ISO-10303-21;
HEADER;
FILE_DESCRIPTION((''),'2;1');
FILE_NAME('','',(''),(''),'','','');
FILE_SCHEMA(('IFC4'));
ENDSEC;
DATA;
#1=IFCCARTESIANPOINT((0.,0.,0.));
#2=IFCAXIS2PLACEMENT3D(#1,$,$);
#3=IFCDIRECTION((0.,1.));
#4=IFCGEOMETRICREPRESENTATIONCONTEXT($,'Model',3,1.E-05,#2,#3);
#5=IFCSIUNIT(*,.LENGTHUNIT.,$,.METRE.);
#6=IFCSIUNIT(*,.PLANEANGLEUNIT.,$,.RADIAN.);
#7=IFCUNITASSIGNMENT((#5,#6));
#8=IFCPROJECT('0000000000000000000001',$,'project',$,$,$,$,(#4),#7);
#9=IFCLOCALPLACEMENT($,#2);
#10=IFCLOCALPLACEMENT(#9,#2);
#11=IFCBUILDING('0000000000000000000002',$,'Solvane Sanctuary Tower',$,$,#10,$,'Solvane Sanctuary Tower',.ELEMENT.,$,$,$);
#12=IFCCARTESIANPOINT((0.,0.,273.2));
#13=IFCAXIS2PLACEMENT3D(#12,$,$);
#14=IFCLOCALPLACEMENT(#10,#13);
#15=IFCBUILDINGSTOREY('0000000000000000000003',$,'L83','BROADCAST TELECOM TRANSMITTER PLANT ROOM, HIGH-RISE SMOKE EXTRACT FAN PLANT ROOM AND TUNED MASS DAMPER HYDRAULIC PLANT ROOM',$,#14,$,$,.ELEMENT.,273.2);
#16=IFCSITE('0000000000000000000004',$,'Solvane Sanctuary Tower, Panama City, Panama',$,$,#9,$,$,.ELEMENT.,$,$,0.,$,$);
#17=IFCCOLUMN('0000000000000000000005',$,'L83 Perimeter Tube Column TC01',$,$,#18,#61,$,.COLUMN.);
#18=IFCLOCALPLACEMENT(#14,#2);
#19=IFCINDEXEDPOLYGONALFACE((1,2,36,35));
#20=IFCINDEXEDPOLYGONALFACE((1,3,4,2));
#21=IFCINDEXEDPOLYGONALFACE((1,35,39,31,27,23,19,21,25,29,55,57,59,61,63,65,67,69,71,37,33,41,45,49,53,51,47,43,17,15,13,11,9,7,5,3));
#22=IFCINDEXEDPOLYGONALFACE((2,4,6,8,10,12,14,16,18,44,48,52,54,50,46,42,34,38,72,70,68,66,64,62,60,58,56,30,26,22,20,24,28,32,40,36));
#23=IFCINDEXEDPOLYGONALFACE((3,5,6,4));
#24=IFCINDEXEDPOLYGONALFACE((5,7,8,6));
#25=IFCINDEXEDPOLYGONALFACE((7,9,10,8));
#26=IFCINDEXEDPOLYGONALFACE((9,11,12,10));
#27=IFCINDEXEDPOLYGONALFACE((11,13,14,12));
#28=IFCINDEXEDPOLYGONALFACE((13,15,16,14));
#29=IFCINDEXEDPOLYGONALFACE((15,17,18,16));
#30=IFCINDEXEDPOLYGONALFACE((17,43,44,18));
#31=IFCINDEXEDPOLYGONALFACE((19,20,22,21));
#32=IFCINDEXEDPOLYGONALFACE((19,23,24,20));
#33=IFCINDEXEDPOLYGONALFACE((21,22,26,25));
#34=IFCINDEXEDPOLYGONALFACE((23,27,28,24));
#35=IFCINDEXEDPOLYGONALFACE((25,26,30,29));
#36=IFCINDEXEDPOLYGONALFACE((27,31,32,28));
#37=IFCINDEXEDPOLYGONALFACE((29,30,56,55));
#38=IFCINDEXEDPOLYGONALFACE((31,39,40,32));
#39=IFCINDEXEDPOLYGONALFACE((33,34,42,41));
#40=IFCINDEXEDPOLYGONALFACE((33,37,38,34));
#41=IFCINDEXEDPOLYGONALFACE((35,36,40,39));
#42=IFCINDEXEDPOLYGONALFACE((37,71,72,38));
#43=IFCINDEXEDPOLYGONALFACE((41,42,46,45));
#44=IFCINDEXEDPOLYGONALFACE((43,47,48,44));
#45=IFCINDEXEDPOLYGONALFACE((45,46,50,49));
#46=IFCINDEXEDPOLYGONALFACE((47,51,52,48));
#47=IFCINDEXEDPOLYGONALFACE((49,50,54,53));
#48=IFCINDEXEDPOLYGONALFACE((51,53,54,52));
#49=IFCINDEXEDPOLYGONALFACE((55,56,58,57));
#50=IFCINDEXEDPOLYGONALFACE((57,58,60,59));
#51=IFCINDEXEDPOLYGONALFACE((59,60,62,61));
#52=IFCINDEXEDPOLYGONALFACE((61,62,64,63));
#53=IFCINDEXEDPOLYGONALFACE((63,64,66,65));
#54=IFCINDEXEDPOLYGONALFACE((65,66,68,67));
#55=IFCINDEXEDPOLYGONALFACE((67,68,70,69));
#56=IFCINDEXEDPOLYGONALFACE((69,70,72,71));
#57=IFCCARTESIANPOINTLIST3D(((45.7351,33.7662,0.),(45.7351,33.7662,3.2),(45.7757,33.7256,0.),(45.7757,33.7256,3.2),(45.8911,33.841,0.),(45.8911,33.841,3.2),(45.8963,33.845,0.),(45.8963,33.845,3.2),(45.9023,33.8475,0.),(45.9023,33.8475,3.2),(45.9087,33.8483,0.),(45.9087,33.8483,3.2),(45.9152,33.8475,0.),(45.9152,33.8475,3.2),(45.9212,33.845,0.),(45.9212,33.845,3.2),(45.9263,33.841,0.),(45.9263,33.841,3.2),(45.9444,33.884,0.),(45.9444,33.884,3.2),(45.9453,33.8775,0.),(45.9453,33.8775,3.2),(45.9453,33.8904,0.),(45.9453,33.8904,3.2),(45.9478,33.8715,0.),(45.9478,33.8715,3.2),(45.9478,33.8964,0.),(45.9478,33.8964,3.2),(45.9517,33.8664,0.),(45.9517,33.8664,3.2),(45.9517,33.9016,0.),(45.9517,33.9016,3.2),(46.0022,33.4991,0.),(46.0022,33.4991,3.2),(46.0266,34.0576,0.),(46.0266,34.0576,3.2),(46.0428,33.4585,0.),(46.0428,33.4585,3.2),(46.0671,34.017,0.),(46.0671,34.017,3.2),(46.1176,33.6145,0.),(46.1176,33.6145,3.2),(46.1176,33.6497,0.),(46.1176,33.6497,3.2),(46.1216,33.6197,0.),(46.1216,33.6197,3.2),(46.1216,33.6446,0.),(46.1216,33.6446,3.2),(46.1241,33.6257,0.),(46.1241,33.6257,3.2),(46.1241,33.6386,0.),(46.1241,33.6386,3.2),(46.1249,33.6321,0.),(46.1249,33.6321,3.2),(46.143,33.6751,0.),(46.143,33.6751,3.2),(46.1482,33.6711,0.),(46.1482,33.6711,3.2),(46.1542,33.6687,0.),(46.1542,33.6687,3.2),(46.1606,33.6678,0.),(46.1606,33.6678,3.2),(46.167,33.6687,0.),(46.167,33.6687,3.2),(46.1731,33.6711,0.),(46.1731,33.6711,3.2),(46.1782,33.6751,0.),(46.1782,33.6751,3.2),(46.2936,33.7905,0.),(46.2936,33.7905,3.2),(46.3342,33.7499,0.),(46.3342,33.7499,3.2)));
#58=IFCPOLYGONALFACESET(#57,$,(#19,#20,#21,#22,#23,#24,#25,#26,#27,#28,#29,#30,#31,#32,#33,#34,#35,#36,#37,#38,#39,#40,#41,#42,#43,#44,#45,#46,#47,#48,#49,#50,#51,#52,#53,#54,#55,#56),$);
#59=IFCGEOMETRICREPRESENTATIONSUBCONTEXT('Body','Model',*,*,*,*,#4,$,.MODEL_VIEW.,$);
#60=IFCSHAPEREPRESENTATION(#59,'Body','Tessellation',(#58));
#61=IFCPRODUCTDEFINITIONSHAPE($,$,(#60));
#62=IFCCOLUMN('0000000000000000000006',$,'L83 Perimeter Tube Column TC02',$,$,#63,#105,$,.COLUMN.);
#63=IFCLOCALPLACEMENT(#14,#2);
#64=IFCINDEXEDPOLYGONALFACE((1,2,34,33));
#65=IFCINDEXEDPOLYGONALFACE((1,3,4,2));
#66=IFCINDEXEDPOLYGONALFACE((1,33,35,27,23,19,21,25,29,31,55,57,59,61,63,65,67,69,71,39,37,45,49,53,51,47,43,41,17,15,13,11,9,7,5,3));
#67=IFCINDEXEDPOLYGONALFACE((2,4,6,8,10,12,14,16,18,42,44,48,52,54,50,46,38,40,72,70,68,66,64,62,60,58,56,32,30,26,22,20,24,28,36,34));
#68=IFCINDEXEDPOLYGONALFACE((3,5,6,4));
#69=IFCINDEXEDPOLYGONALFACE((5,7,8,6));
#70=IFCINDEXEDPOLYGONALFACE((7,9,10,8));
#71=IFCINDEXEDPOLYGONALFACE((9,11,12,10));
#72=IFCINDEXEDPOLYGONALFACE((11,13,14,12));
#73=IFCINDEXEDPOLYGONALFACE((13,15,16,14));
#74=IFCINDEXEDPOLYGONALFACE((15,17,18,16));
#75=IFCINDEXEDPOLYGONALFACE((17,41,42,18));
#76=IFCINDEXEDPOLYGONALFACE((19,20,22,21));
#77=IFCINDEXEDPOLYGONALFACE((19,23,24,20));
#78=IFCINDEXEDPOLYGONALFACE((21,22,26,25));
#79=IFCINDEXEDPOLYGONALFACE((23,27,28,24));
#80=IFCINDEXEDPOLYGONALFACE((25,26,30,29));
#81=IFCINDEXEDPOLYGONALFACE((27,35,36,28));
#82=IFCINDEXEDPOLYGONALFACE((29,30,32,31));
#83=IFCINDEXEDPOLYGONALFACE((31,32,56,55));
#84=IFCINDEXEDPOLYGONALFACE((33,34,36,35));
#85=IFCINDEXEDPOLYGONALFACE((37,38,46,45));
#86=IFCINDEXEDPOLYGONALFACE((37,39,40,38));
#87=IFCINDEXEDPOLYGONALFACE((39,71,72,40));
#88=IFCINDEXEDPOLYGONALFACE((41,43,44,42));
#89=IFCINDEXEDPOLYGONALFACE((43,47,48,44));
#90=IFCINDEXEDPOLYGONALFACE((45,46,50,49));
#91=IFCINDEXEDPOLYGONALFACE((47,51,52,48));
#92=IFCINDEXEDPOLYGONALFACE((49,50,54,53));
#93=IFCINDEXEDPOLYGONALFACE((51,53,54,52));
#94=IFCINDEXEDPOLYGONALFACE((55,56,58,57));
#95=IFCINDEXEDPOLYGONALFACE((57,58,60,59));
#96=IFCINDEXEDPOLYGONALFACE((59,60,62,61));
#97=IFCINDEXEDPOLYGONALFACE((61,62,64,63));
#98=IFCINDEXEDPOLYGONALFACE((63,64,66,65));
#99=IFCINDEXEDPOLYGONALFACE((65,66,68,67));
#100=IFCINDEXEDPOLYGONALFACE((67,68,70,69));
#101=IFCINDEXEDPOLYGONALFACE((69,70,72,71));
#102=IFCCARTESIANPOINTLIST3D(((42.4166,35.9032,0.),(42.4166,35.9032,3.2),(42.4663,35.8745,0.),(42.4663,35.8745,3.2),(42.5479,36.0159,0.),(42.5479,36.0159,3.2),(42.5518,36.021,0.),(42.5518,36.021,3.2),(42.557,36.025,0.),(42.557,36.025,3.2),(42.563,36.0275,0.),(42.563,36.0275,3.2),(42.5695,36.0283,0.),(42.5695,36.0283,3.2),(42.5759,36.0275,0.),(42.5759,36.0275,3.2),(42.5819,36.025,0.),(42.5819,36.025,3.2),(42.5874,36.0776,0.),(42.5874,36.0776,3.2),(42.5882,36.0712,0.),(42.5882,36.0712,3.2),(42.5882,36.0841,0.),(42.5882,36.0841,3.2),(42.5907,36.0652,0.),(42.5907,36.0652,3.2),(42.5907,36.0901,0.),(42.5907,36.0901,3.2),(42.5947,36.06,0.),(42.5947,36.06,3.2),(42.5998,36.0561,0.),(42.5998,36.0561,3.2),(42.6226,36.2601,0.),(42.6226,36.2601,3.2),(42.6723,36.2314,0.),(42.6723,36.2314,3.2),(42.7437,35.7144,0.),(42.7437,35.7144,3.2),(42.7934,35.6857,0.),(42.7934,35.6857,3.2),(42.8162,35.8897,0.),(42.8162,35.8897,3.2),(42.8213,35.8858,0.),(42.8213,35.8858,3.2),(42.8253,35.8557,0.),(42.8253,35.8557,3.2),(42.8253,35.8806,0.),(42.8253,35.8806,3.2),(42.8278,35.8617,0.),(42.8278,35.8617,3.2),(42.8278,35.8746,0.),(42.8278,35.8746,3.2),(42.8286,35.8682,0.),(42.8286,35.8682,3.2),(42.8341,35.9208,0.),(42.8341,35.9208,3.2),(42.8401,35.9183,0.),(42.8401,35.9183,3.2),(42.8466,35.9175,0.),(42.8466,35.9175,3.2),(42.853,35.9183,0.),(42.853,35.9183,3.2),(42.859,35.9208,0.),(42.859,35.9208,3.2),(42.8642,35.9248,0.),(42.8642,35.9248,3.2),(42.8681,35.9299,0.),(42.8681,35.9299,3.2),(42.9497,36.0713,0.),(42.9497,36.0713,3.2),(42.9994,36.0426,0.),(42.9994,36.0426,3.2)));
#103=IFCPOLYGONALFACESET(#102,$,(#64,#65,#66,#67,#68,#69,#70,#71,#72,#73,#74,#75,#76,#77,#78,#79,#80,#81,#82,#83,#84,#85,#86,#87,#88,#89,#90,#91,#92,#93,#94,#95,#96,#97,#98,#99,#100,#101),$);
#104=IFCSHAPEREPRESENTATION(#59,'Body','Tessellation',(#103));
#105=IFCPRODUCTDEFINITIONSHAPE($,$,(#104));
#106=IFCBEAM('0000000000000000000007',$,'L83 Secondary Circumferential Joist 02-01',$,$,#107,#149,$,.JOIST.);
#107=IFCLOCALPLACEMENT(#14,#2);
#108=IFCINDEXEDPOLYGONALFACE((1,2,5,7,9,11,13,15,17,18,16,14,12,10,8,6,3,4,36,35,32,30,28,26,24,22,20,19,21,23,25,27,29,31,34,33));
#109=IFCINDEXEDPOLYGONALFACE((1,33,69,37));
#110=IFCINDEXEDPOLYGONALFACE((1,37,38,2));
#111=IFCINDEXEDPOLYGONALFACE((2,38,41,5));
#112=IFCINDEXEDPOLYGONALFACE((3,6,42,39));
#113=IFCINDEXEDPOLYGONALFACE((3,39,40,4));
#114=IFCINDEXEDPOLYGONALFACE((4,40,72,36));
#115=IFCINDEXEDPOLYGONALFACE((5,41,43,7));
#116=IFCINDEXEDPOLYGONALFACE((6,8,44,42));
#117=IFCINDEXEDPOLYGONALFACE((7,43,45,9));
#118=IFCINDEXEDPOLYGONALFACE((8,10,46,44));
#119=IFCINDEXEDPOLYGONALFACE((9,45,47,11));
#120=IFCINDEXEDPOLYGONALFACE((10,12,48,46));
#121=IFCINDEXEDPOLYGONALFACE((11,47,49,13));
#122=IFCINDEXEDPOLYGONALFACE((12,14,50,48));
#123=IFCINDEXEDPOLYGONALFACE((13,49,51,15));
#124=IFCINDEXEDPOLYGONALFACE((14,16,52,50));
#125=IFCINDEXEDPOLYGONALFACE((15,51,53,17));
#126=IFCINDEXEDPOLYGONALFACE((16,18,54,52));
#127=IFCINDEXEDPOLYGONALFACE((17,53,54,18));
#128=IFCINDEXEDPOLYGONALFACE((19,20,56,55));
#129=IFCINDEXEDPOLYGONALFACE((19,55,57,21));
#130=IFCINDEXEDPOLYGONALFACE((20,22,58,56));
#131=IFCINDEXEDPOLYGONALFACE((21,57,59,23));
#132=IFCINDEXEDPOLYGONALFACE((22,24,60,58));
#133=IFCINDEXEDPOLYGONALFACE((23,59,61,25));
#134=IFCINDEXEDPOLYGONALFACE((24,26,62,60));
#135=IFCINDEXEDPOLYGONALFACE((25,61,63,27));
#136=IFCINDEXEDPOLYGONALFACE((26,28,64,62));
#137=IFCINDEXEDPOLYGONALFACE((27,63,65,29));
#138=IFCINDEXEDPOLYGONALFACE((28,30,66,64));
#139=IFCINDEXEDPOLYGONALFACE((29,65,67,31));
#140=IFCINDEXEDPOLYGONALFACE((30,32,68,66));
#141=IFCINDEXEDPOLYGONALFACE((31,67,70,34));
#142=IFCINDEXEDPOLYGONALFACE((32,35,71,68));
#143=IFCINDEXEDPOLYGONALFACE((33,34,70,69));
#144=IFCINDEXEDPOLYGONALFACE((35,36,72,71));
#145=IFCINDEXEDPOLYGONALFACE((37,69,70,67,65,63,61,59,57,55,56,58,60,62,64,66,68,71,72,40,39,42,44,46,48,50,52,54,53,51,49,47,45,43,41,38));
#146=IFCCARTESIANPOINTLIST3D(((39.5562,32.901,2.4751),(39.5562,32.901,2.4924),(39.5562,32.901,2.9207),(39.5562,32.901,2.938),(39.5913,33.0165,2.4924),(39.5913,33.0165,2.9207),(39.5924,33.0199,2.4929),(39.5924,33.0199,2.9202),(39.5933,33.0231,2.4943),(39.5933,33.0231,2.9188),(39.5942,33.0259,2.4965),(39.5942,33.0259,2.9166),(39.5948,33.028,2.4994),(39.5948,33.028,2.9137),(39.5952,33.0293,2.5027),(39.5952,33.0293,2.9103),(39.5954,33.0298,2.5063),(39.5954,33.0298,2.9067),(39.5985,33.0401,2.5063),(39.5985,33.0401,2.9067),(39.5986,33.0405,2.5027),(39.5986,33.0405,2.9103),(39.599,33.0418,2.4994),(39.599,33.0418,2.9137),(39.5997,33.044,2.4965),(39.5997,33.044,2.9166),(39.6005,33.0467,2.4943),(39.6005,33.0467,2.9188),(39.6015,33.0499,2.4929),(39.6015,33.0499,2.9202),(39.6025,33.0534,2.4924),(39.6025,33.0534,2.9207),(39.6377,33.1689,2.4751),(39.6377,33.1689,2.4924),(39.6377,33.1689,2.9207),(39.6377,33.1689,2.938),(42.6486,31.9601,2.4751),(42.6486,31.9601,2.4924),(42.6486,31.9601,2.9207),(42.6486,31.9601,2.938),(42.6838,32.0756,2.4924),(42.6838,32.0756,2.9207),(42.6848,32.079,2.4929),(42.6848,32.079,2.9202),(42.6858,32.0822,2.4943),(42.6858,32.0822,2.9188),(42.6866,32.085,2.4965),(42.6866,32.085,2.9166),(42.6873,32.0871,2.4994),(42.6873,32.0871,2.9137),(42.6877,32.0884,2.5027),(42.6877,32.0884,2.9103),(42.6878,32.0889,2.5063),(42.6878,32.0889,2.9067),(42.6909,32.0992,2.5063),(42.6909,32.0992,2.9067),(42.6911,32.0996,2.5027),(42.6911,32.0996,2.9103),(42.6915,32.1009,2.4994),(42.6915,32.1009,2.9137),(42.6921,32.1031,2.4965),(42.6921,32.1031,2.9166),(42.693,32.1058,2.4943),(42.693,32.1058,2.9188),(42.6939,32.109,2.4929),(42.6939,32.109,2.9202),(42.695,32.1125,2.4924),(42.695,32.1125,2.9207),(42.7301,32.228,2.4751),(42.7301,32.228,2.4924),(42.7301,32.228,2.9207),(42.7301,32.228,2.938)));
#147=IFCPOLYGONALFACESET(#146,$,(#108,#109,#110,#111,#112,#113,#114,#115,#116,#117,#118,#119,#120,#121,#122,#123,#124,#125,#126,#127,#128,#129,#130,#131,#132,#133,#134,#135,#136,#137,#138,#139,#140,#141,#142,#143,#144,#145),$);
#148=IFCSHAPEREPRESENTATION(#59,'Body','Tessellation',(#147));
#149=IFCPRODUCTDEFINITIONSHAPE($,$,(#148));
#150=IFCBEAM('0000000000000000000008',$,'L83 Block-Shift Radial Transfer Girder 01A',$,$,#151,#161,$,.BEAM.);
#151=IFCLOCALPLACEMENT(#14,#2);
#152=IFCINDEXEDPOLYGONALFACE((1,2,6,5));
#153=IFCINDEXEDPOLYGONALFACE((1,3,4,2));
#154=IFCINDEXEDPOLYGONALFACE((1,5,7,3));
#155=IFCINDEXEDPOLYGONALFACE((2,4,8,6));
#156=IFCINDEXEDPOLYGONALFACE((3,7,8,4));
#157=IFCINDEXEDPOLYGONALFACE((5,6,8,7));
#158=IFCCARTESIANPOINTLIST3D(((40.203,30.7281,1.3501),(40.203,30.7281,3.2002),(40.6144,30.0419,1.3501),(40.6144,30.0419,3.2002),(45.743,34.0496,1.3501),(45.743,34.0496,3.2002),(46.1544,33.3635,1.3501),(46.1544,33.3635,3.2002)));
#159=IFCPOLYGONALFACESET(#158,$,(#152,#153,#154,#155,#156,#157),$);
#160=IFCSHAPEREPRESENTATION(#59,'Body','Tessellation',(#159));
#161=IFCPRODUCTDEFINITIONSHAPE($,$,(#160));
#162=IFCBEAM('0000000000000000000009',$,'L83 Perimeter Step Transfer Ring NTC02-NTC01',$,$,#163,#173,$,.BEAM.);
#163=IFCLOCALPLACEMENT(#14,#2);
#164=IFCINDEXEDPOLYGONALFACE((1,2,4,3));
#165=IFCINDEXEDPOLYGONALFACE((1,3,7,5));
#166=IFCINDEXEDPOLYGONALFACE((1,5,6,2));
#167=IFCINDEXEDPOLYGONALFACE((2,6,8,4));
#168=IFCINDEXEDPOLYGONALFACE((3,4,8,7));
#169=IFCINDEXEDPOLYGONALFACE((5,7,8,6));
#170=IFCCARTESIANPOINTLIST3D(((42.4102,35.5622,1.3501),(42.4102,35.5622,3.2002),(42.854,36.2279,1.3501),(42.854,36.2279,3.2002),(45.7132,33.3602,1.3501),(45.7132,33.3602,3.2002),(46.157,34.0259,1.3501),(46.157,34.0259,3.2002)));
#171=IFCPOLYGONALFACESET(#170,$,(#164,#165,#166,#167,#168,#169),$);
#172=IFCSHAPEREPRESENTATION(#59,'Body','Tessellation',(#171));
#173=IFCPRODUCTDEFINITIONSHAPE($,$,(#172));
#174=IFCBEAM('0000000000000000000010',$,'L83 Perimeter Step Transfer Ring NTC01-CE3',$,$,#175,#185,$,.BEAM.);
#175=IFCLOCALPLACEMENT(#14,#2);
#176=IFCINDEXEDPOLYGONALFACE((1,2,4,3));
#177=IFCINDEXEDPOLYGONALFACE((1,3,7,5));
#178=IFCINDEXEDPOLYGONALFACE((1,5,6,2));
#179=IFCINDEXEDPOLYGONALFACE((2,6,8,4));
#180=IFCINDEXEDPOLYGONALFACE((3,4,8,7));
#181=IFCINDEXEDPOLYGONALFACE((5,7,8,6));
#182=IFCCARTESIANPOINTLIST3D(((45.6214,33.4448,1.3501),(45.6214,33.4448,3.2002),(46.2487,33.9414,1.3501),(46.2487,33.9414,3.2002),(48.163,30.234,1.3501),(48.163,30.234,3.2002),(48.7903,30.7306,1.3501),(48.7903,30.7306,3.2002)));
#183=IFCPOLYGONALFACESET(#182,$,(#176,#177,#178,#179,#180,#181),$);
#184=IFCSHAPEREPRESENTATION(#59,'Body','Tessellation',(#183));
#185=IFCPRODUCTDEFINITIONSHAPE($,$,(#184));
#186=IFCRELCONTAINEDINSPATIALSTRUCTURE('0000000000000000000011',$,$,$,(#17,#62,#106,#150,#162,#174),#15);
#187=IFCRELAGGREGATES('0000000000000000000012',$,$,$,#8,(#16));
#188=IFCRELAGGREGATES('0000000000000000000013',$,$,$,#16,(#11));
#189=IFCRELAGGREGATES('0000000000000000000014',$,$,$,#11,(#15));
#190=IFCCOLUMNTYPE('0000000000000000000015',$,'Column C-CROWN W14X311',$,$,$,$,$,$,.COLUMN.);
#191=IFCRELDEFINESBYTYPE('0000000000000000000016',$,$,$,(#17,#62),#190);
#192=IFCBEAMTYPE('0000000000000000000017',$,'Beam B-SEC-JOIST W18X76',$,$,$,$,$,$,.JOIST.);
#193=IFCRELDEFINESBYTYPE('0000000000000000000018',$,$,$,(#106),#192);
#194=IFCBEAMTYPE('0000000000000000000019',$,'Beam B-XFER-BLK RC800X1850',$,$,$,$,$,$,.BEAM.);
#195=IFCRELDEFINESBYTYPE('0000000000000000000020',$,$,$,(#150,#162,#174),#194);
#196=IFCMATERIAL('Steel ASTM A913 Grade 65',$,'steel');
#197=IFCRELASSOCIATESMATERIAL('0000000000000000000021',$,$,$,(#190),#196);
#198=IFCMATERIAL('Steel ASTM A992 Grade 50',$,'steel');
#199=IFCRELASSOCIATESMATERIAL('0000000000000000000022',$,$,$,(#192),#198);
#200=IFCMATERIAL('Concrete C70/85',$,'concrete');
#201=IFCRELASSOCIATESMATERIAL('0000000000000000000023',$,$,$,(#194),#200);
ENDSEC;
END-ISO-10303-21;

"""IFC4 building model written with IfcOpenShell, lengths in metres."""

from ifc_helpers import new_model, si_unit, direction, frame, origin, origin_2d, place, context, subcontext, project, spatial, rectangle, i_section, extrude, material, material_profile, profile_set, type_object, element, save


model = new_model("IFC4")

# Units and contexts
model_context = context("Model", 3, precision=1e-05, world=origin(), true_north=direction((0.0, 1.0)))
body_context = subcontext(model_context, "Body", "Model", "MODEL_VIEW")
ifc_project = project(units=[si_unit("LENGTHUNIT", "METRE"), si_unit("PLANEANGLEUNIT", "RADIAN")], contexts=[model_context])

# Site, building, storey
site_placement = place(None, origin())
site = spatial("IfcSite", under=ifc_project, at=site_placement, Name="Solvane Sanctuary Tower, Panama City, Panama", CompositionType="ELEMENT", RefElevation=0.0)
building_placement = place(site_placement, origin())
building = spatial("IfcBuilding", under=site, at=building_placement, Name="Solvane Sanctuary Tower", LongName="Solvane Sanctuary Tower", CompositionType="ELEMENT")
storey_placement = place(building_placement, frame((0.0, 0.0, 273.2)))
storey = spatial("IfcBuildingStorey", under=building, at=storey_placement, Name="L83", Description="BROADCAST TELECOM TRANSMITTER PLANT ROOM, HIGH-RISE SMOKE EXTRACT FAN PLANT ROOM AND TUNED MASS DAMPER HYDRAULIC PLANT ROOM", CompositionType="ELEMENT", Elevation=273.2)

# Columns
ifc_material_1 = material(Name="Steel ASTM A913 Grade 65", Category="steel")
ifc_material_profile_1 = material_profile(ifc_material_1, i_section(OverallWidth=0.4121, OverallDepth=0.4351, WebThickness=0.0359, FlangeThickness=0.0574, FilletRadius=0.0249, at=origin_2d()), Name="W14X311")
ifc_profile_set_1 = profile_set([ifc_material_profile_1], Name="Steel ASTM A913 Grade 65")
column_type = type_object("IfcColumnType", Name="Column C-CROWN W14X311", PredefinedType="COLUMN", material=ifc_profile_set_1)
for number, where, z_axis, x_axis, name in (
    (1, (46.0347, 33.7581, 0.0), (0.0, 0.0, 1.0), (0.707107, 0.707107, 0.0), "L83 Perimeter Tube Column TC01"),
    (2, (42.708, 35.9729, 0.0), (0.0, 0.0, 1.0), (0.5, 0.866025, 0.0), "L83 Perimeter Tube Column TC02"),
):
    element("IfcColumn", number, at=place(storey_placement, frame(where, z_axis=z_axis, x_axis=x_axis)), inside=storey, type_object=column_type, Name=name, PredefinedType="COLUMN", context=body_context, shape_type="SweptSolid", body=[
        extrude(i_section(OverallWidth=0.4121, OverallDepth=0.4351, WebThickness=0.0359, FlangeThickness=0.0574, FilletRadius=0.0249, at=origin_2d()), origin(), (0.0, 0.0, 1.0), 3.2),
    ])

# Beams
ifc_material_2 = material(Name="Steel ASTM A992 Grade 50", Category="steel")
ifc_material_profile_2 = material_profile(ifc_material_2, i_section(OverallWidth=0.28, OverallDepth=0.4629, WebThickness=0.0107, FlangeThickness=0.0173, FilletRadius=0.0139, at=origin_2d()), Name="W18X76")
ifc_profile_set_2 = profile_set([ifc_material_profile_2], Name="Steel ASTM A992 Grade 50")
beam_type_1 = type_object("IfcBeamType", Name="Beam B-SEC-JOIST W18X76", PredefinedType="JOIST", material=ifc_profile_set_2)
beam_1_placement = place(storey_placement, frame((39.5969, 33.0349, 2.7065), z_axis=(0.956699, -0.29108, 0.0), x_axis=(0.29108, 0.956699, 0.0)))
element("IfcBeam", 3, at=beam_1_placement, inside=storey, type_object=beam_type_1, Name="L83 Secondary Circumferential Joist 02-01", PredefinedType="JOIST", context=body_context, shape_type="SweptSolid", body=[
    extrude(i_section(OverallWidth=0.28, OverallDepth=0.4629, WebThickness=0.0107, FlangeThickness=0.0173, FilletRadius=0.0139, at=origin_2d()), origin(), (0.0, 0.0, 1.0), 3.2324),
])
ifc_material_3 = material(Name="Concrete C70/85", Category="concrete")
ifc_material_profile_3 = material_profile(ifc_material_3, rectangle(XDim=0.8, YDim=1.8501, at=origin_2d()), Name="RC800X1850")
ifc_profile_set_3 = profile_set([ifc_material_profile_3], Name="Concrete C70/85")
beam_type_2 = type_object("IfcBeamType", Name="Beam B-XFER-BLK RC800X1850", PredefinedType="BEAM", material=ifc_profile_set_3)
beam_2_placement = place(storey_placement, frame((40.4087, 30.385, 2.2751), z_axis=(0.857663, 0.514212, 0.0), x_axis=(-0.514212, 0.857663, 0.0)))
element("IfcBeam", 4, at=beam_2_placement, inside=storey, type_object=beam_type_2, Name="L83 Block-Shift Radial Transfer Girder 01A", PredefinedType="BEAM", context=body_context, shape_type="SweptSolid", body=[
    extrude(rectangle(XDim=0.8, YDim=1.8501, at=origin_2d()), origin(), (0.0, 0.0, 1.0), 6.4595),
])
beam_3_placement = place(storey_placement, frame((42.6321, 35.895, 2.2751), z_axis=(0.83206, -0.554686, 0.0), x_axis=(0.554686, 0.83206, 0.0)))
element("IfcBeam", 5, at=beam_3_placement, inside=storey, type_object=beam_type_2, Name="L83 Perimeter Step Transfer Ring NTC02-NTC01", PredefinedType="BEAM", context=body_context, shape_type="SweptSolid", body=[
    extrude(rectangle(XDim=0.8, YDim=1.8501, at=origin_2d()), origin(), (0.0, 0.0, 1.0), 3.9697),
])
beam_4_placement = place(storey_placement, frame((45.9351, 33.6931, 2.2751), z_axis=(0.620659, -0.784081, 0.0), x_axis=(0.784081, 0.620659, 0.0)))
element("IfcBeam", 6, at=beam_4_placement, inside=storey, type_object=beam_type_2, Name="L83 Perimeter Step Transfer Ring NTC01-CE3", PredefinedType="BEAM", context=body_context, shape_type="SweptSolid", body=[
    extrude(rectangle(XDim=0.8, YDim=1.8501, at=origin_2d()), origin(), (0.0, 0.0, 1.0), 4.095),
])

save(model, "model.ifc")
